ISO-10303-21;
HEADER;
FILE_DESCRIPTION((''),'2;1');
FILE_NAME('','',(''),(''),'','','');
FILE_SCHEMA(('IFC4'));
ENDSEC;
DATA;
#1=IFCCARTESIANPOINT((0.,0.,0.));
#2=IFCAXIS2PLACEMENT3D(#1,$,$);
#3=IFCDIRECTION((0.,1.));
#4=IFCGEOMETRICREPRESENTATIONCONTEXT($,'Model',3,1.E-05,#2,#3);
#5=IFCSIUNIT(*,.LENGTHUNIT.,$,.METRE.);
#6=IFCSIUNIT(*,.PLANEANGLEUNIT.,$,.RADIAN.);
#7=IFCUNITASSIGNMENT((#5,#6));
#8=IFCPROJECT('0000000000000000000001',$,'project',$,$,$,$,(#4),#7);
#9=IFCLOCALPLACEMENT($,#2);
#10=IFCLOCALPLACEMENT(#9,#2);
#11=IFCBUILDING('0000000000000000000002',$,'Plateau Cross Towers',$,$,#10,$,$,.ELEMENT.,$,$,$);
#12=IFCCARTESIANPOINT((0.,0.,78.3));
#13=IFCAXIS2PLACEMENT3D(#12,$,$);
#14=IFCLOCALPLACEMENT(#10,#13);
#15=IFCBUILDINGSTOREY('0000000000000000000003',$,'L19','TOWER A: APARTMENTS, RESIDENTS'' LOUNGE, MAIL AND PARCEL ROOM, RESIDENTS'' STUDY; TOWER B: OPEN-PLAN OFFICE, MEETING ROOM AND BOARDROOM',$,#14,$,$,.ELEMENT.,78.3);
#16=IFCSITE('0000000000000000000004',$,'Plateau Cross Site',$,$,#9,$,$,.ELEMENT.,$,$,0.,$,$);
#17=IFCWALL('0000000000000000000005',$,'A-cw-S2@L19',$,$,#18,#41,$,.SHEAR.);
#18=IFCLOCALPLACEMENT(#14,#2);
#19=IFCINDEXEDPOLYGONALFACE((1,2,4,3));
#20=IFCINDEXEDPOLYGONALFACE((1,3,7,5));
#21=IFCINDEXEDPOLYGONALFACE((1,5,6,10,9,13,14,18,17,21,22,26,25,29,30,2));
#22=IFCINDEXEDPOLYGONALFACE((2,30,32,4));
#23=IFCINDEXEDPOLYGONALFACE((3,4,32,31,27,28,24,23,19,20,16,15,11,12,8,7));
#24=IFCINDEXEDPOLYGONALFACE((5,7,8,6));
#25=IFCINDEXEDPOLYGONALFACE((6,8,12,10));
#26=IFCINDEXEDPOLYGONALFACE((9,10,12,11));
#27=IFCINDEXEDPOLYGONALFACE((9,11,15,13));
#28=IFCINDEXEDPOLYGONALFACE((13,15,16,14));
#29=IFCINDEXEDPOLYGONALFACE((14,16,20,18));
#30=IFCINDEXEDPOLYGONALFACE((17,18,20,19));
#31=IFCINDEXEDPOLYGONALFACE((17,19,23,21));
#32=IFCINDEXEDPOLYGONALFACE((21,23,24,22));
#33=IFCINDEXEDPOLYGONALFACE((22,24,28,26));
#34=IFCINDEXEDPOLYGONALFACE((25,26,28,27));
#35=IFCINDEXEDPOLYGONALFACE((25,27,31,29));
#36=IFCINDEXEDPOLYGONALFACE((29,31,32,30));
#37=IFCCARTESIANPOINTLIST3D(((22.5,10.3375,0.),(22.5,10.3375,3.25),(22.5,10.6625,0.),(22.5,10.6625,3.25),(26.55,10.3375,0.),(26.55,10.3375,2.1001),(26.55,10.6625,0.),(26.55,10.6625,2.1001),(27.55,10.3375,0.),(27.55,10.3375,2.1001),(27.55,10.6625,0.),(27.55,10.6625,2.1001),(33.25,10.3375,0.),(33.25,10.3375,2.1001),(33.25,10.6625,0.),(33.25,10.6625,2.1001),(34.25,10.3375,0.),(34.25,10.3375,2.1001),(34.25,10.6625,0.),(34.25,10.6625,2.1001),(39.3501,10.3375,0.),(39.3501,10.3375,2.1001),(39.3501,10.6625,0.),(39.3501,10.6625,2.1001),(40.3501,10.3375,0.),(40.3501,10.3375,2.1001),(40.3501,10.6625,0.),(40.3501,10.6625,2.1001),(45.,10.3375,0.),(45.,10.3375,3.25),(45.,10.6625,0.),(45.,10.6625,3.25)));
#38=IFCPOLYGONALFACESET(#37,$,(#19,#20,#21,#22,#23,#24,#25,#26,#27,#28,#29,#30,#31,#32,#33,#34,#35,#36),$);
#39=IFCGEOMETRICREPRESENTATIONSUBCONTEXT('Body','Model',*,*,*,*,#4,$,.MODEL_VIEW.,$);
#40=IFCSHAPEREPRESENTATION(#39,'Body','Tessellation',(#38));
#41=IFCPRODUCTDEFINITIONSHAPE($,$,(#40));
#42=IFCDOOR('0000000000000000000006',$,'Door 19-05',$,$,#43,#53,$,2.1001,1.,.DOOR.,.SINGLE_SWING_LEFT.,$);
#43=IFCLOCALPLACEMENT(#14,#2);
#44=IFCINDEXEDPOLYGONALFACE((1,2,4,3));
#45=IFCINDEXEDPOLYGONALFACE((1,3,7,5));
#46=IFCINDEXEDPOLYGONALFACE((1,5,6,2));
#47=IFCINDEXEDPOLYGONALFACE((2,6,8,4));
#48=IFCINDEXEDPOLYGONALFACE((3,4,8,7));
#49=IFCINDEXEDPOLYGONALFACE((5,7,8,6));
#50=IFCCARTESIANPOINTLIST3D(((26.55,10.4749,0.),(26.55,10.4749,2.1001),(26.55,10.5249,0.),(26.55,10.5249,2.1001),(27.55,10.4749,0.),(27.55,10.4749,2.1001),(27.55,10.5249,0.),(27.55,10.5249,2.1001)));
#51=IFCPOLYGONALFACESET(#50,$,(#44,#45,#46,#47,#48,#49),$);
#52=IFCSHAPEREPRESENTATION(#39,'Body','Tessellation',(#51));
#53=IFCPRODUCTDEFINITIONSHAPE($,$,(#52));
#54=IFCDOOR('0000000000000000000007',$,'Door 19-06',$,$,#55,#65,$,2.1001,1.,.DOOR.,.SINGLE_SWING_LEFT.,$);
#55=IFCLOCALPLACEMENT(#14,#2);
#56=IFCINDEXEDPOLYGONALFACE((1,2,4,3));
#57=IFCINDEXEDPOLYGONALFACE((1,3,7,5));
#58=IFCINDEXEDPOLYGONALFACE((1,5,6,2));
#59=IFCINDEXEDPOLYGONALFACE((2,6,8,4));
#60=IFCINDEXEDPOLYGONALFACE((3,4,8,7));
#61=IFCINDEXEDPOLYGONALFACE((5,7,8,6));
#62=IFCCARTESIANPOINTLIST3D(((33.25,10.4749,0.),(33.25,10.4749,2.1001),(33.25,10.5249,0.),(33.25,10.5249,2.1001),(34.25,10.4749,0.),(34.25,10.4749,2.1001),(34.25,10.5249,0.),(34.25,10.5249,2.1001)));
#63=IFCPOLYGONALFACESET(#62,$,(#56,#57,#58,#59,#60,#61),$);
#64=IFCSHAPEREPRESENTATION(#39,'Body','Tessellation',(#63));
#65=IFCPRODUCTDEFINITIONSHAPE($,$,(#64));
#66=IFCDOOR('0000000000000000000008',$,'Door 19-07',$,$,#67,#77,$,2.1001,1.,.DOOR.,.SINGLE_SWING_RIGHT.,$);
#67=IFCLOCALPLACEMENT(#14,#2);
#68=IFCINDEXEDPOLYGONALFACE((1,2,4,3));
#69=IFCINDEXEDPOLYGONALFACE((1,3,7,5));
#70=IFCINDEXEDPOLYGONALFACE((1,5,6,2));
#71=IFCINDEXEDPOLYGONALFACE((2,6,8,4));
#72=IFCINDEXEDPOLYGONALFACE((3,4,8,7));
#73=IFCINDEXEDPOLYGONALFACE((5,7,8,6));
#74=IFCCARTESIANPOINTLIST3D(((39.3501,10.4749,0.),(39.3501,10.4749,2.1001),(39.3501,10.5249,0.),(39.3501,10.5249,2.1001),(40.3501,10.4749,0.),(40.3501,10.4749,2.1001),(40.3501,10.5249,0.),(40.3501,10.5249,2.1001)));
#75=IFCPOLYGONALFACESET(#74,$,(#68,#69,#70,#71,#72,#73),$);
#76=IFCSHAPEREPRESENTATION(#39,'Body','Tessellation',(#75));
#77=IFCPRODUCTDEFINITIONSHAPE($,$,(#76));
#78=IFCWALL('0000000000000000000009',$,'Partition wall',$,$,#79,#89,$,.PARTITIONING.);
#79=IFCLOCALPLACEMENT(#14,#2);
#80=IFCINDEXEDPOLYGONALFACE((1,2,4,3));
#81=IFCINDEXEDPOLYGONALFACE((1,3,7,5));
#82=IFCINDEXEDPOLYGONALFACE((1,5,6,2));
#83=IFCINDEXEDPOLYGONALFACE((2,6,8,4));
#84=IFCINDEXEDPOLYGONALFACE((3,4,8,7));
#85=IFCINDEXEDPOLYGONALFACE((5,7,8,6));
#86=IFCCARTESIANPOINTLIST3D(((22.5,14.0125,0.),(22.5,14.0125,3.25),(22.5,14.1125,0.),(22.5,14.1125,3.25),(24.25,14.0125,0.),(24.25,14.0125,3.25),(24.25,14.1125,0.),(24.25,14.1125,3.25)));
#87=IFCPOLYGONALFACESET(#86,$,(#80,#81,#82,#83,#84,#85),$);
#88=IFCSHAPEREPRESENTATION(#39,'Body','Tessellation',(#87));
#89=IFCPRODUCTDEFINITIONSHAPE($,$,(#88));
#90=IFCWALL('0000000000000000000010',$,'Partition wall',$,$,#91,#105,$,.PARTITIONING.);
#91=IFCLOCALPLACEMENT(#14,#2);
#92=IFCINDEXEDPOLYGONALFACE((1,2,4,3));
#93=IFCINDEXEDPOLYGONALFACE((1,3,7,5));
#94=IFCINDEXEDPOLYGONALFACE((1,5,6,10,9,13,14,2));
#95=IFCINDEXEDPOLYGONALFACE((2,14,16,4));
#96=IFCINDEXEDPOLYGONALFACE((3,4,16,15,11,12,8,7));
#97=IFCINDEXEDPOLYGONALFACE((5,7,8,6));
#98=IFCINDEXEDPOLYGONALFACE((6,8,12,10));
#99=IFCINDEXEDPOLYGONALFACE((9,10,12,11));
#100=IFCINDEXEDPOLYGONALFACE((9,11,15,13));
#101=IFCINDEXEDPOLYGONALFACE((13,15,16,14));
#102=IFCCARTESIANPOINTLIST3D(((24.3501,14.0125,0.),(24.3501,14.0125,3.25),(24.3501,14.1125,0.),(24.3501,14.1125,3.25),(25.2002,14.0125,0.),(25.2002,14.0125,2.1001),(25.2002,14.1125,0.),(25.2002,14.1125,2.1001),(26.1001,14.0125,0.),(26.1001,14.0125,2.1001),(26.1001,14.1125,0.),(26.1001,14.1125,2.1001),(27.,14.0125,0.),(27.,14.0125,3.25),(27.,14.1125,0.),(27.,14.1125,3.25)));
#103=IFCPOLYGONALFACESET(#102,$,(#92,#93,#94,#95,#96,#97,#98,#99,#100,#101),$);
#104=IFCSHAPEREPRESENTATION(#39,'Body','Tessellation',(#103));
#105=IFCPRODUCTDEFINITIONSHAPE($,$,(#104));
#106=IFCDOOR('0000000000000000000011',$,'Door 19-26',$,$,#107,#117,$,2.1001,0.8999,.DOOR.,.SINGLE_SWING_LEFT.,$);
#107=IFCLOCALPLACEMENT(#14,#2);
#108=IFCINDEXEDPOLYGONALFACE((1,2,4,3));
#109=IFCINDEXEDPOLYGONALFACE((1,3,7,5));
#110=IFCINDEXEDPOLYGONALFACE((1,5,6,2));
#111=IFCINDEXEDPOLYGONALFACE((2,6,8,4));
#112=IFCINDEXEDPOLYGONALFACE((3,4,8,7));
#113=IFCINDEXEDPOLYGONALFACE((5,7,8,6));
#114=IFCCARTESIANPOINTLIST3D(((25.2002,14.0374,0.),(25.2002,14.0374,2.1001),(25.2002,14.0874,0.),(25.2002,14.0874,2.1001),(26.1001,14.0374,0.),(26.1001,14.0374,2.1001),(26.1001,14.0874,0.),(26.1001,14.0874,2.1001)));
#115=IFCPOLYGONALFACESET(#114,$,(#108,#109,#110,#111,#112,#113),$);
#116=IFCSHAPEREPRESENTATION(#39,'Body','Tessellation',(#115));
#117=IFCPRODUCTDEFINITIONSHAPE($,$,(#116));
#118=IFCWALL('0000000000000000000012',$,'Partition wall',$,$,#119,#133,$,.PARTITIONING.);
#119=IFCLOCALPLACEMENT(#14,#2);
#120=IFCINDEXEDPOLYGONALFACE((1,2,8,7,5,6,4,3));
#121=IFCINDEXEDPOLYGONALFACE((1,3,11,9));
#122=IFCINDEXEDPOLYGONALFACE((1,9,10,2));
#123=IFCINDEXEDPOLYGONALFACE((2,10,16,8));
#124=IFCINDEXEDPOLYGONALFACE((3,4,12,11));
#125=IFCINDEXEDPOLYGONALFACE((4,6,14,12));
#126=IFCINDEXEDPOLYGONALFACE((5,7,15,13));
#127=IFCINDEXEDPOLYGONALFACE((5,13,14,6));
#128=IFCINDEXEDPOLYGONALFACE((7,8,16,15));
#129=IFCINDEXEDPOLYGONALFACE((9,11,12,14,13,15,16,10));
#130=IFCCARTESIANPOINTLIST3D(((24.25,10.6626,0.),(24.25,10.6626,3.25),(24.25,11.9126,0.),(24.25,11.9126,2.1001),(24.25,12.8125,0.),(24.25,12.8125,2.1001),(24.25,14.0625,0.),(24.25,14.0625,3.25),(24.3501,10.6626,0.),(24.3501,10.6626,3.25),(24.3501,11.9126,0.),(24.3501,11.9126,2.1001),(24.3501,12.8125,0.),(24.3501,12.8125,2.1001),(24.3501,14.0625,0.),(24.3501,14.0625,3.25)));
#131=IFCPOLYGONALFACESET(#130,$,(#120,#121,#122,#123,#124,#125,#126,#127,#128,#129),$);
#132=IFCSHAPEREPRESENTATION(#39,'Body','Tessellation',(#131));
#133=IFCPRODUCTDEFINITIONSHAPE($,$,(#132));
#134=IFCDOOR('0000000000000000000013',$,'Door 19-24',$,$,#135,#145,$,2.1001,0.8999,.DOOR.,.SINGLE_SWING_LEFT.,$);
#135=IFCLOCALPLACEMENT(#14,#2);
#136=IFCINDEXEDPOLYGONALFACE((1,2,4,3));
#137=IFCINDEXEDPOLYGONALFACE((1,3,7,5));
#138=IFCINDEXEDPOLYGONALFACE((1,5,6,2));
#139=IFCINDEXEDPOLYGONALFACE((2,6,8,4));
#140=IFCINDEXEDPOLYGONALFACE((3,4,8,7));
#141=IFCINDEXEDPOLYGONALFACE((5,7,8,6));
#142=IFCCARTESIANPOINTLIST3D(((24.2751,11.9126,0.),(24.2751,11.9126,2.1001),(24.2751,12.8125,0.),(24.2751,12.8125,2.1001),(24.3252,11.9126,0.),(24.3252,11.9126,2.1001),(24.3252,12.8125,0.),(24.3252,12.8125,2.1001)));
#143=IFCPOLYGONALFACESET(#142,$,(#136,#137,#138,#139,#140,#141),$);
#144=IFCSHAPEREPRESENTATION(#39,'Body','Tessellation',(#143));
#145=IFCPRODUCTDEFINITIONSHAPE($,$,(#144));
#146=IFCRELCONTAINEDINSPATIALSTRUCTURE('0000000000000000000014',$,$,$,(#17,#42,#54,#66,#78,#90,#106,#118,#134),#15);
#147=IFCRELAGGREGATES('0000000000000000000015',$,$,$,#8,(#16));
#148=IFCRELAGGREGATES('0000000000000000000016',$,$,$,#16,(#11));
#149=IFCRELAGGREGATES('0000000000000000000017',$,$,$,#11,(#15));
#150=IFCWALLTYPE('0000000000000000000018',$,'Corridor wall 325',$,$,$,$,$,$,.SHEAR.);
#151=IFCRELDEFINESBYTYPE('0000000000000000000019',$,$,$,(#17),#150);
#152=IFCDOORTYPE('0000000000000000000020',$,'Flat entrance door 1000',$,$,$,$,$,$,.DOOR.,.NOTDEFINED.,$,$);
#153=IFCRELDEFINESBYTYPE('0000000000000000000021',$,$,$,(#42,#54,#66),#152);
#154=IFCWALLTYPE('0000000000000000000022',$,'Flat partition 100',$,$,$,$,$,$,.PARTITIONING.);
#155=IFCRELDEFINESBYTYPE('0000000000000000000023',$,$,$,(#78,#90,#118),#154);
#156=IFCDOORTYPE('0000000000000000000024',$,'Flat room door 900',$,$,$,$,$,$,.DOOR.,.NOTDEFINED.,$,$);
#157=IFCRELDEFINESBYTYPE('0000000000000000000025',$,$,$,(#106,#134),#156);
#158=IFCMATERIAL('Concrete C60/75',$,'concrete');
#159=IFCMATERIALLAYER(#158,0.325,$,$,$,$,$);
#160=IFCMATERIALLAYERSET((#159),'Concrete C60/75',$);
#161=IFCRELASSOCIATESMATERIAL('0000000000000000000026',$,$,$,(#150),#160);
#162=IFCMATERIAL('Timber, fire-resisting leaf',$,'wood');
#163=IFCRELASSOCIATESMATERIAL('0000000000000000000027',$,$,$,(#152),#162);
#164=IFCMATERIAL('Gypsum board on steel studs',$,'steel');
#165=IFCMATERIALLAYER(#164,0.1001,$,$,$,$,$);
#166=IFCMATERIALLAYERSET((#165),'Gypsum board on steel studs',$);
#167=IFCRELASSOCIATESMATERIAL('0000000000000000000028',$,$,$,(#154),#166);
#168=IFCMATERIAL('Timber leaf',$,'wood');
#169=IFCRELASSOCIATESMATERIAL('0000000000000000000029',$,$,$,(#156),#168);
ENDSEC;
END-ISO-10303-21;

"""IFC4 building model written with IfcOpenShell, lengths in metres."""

from ifc_helpers import new_model, si_unit, direction, frame, frame_2d, origin, place, context, subcontext, project, spatial, rectangle, extrude, material, layer, layer_set, type_object, element, fill, save


model = new_model("IFC4")

# Units and contexts
model_context = context("Model", 3, precision=1e-05, world=origin(), true_north=direction((0.0, 1.0)))
body_context = subcontext(model_context, "Body", "Model", "MODEL_VIEW")
ifc_project = project(units=[si_unit("LENGTHUNIT", "METRE"), si_unit("PLANEANGLEUNIT", "RADIAN")], contexts=[model_context])

# Site, building, storey
site_placement = place(None, origin())
site = spatial("IfcSite", under=ifc_project, at=site_placement, Name="Plateau Cross Site", CompositionType="ELEMENT", RefElevation=0.0)
building_placement = place(site_placement, origin())
building = spatial("IfcBuilding", under=site, at=building_placement, Name="Plateau Cross Towers", CompositionType="ELEMENT")
storey_placement = place(building_placement, frame((0.0, 0.0, 78.3)))
storey = spatial("IfcBuildingStorey", under=building, at=storey_placement, Name="L19", Description="TOWER A: APARTMENTS, RESIDENTS' LOUNGE, MAIL AND PARCEL ROOM, RESIDENTS' STUDY; TOWER B: OPEN-PLAN OFFICE, MEETING ROOM AND BOARDROOM", CompositionType="ELEMENT", Elevation=78.3)

# Wall, openings, doors
ifc_material_1 = material(Name="Concrete C60/75", Category="concrete")
ifc_layer_1 = layer(ifc_material_1, 0.325)
ifc_layer_set_1 = layer_set([ifc_layer_1], Name="Concrete C60/75")
wall_type_1 = type_object("IfcWallType", Name="Corridor wall 325", PredefinedType="SHEAR", material=ifc_layer_set_1)
ifc_material_2 = material(Name="Timber, fire-resisting leaf", Category="wood")
door_type_1 = type_object("IfcDoorType", Name="Flat entrance door 1000", OperationType="NOTDEFINED", PredefinedType="DOOR", material=ifc_material_2)
wall_1_placement = place(storey_placement, frame((22.5, 10.5, 0.0), z_axis=(0.0, 0.0, 1.0), x_axis=(1.0, 0.0, 0.0)))
wall_1 = element("IfcWall", 1, at=wall_1_placement, inside=storey, type_object=wall_type_1, Name="A-cw-S2@L19", PredefinedType="SHEAR", context=body_context, shape_type="SweptSolid", body=[
    extrude(rectangle(XDim=22.5, YDim=0.325, at=frame_2d((11.25, 0.0))), origin(), (0.0, 0.0, 1.0), 3.25),
])
opening_1_placement = place(wall_1_placement, frame((4.05, 0.0, 0.0)))
opening_1 = element("IfcOpeningElement", 2, at=opening_1_placement, cuts=wall_1, PredefinedType="OPENING", context=body_context, shape_type="SweptSolid", body=[
    extrude(rectangle(XDim=1.0, YDim=2.1001, at=frame_2d((0.5, 1.05))), frame((0.0, 0.1724, 0.0), z_axis=(0.0, -1.0, 0.0), x_axis=(1.0, 0.0, 0.0)), (0.0, 0.0, 1.0), 0.345),
])
opening_2_placement = place(wall_1_placement, frame((10.75, 0.0, 0.0)))
opening_2 = element("IfcOpeningElement", 3, at=opening_2_placement, cuts=wall_1, PredefinedType="OPENING", context=body_context, shape_type="SweptSolid", body=[
    extrude(rectangle(XDim=1.0, YDim=2.1001, at=frame_2d((0.5, 1.05))), frame((0.0, 0.1724, 0.0), z_axis=(0.0, -1.0, 0.0), x_axis=(1.0, 0.0, 0.0)), (0.0, 0.0, 1.0), 0.345),
])
opening_3_placement = place(wall_1_placement, frame((16.8501, 0.0, 0.0)))
opening_3 = element("IfcOpeningElement", 4, at=opening_3_placement, cuts=wall_1, PredefinedType="OPENING", context=body_context, shape_type="SweptSolid", body=[
    extrude(rectangle(XDim=1.0, YDim=2.1001, at=frame_2d((0.5, 1.05))), frame((0.0, 0.1724, 0.0), z_axis=(0.0, -1.0, 0.0), x_axis=(1.0, 0.0, 0.0)), (0.0, 0.0, 1.0), 0.345),
])
door_1_placement = place(opening_1_placement, origin())
door_1 = element("IfcDoor", 5, at=door_1_placement, inside=storey, type_object=door_type_1, Name="Door 19-05", OperationType="SINGLE_SWING_LEFT", OverallHeight=2.1001, OverallWidth=1.0, PredefinedType="DOOR", context=body_context, shape_type="SweptSolid", body=[
    extrude(rectangle(XDim=1.0, YDim=2.1001, at=frame_2d((0.5, 1.05))), frame((0.0, 0.0249, 0.0), z_axis=(0.0, -1.0, 0.0), x_axis=(1.0, 0.0, 0.0)), (0.0, 0.0, 1.0), 0.05),
])
fill(opening_1, door_1)
door_2_placement = place(opening_2_placement, origin())
door_2 = element("IfcDoor", 6, at=door_2_placement, inside=storey, type_object=door_type_1, Name="Door 19-06", OperationType="SINGLE_SWING_LEFT", OverallHeight=2.1001, OverallWidth=1.0, PredefinedType="DOOR", context=body_context, shape_type="SweptSolid", body=[
    extrude(rectangle(XDim=1.0, YDim=2.1001, at=frame_2d((0.5, 1.05))), frame((0.0, 0.0249, 0.0), z_axis=(0.0, -1.0, 0.0), x_axis=(1.0, 0.0, 0.0)), (0.0, 0.0, 1.0), 0.05),
])
fill(opening_2, door_2)
door_3_placement = place(opening_3_placement, origin())
door_3 = element("IfcDoor", 7, at=door_3_placement, inside=storey, type_object=door_type_1, Name="Door 19-07", OperationType="SINGLE_SWING_RIGHT", OverallHeight=2.1001, OverallWidth=1.0, PredefinedType="DOOR", context=body_context, shape_type="SweptSolid", body=[
    extrude(rectangle(XDim=1.0, YDim=2.1001, at=frame_2d((0.5, 1.05))), frame((0.0, 0.0249, 0.0), z_axis=(0.0, -1.0, 0.0), x_axis=(1.0, 0.0, 0.0)), (0.0, 0.0, 1.0), 0.05),
])
fill(opening_3, door_3)

# Wall
ifc_material_3 = material(Name="Gypsum board on steel studs", Category="steel")
ifc_layer_2 = layer(ifc_material_3, 0.1001)
ifc_layer_set_2 = layer_set([ifc_layer_2], Name="Gypsum board on steel studs")
wall_type_2 = type_object("IfcWallType", Name="Flat partition 100", PredefinedType="PARTITIONING", material=ifc_layer_set_2)
wall_2_placement = place(storey_placement, frame((24.25, 14.0625, 0.0), z_axis=(0.0, 0.0, 1.0), x_axis=(-1.0, 0.0, 0.0)))
element("IfcWall", 8, at=wall_2_placement, inside=storey, type_object=wall_type_2, Name="Partition wall", PredefinedType="PARTITIONING", context=body_context, shape_type="SweptSolid", body=[
    extrude(rectangle(XDim=1.75, YDim=0.1001, at=frame_2d((0.875, 0.0))), origin(), (0.0, 0.0, 1.0), 3.25),
])

# Walls, openings, doors
wall_3_placement = place(storey_placement, frame((24.3501, 14.0625, 0.0), z_axis=(0.0, 0.0, 1.0), x_axis=(1.0, 0.0, 0.0)))
wall_3 = element("IfcWall", 9, at=wall_3_placement, inside=storey, type_object=wall_type_2, Name="Partition wall", PredefinedType="PARTITIONING", context=body_context, shape_type="SweptSolid", body=[
    extrude(rectangle(XDim=2.6499, YDim=0.1001, at=frame_2d((1.325, 0.0))), origin(), (0.0, 0.0, 1.0), 3.25),
])
opening_4_placement = place(wall_3_placement, frame((0.8501, 0.0, 0.0)))
opening_4 = element("IfcOpeningElement", 10, at=opening_4_placement, cuts=wall_3, PredefinedType="OPENING", context=body_context, shape_type="SweptSolid", body=[
    extrude(rectangle(XDim=0.8999, YDim=2.1001, at=frame_2d((0.45, 1.05))), frame((0.0, 0.0601, 0.0), z_axis=(0.0, -1.0, 0.0), x_axis=(1.0, 0.0, 0.0)), (0.0, 0.0, 1.0), 0.1201),
])
ifc_material_4 = material(Name="Timber leaf", Category="wood")
door_type_2 = type_object("IfcDoorType", Name="Flat room door 900", OperationType="NOTDEFINED", PredefinedType="DOOR", material=ifc_material_4)
door_4_placement = place(opening_4_placement, origin())
door_4 = element("IfcDoor", 11, at=door_4_placement, inside=storey, type_object=door_type_2, Name="Door 19-26", OperationType="SINGLE_SWING_LEFT", OverallHeight=2.1001, OverallWidth=0.8999, PredefinedType="DOOR", context=body_context, shape_type="SweptSolid", body=[
    extrude(rectangle(XDim=0.8999, YDim=2.1001, at=frame_2d((0.45, 1.05))), frame((0.0, 0.0249, 0.0), z_axis=(0.0, -1.0, 0.0), x_axis=(1.0, 0.0, 0.0)), (0.0, 0.0, 1.0), 0.05),
])
fill(opening_4, door_4)
wall_4_placement = place(storey_placement, frame((24.3, 10.6626, 0.0), z_axis=(0.0, 0.0, 1.0), x_axis=(0.0, 1.0, 0.0)))
wall_4 = element("IfcWall", 12, at=wall_4_placement, inside=storey, type_object=wall_type_2, Name="Partition wall", PredefinedType="PARTITIONING", context=body_context, shape_type="SweptSolid", body=[
    extrude(rectangle(XDim=3.3999, YDim=0.1001, at=frame_2d((1.7, 0.0))), origin(), (0.0, 0.0, 1.0), 3.25),
])
opening_5_placement = place(wall_4_placement, frame((1.25, 0.0, 0.0)))
opening_5 = element("IfcOpeningElement", 13, at=opening_5_placement, cuts=wall_4, PredefinedType="OPENING", context=body_context, shape_type="SweptSolid", body=[
    extrude(rectangle(XDim=0.8999, YDim=2.1001, at=frame_2d((0.45, 1.05))), frame((0.0, 0.0601, 0.0), z_axis=(0.0, -1.0, 0.0), x_axis=(1.0, 0.0, 0.0)), (0.0, 0.0, 1.0), 0.1201),
])
door_5_placement = place(opening_5_placement, origin())
door_5 = element("IfcDoor", 14, at=door_5_placement, inside=storey, type_object=door_type_2, Name="Door 19-24", OperationType="SINGLE_SWING_LEFT", OverallHeight=2.1001, OverallWidth=0.8999, PredefinedType="DOOR", context=body_context, shape_type="SweptSolid", body=[
    extrude(rectangle(XDim=0.8999, YDim=2.1001, at=frame_2d((0.45, 1.05))), frame((0.0, 0.0249, 0.0), z_axis=(0.0, -1.0, 0.0), x_axis=(1.0, 0.0, 0.0)), (0.0, 0.0, 1.0), 0.05),
])
fill(opening_5, door_5)

save(model, "model.ifc")
